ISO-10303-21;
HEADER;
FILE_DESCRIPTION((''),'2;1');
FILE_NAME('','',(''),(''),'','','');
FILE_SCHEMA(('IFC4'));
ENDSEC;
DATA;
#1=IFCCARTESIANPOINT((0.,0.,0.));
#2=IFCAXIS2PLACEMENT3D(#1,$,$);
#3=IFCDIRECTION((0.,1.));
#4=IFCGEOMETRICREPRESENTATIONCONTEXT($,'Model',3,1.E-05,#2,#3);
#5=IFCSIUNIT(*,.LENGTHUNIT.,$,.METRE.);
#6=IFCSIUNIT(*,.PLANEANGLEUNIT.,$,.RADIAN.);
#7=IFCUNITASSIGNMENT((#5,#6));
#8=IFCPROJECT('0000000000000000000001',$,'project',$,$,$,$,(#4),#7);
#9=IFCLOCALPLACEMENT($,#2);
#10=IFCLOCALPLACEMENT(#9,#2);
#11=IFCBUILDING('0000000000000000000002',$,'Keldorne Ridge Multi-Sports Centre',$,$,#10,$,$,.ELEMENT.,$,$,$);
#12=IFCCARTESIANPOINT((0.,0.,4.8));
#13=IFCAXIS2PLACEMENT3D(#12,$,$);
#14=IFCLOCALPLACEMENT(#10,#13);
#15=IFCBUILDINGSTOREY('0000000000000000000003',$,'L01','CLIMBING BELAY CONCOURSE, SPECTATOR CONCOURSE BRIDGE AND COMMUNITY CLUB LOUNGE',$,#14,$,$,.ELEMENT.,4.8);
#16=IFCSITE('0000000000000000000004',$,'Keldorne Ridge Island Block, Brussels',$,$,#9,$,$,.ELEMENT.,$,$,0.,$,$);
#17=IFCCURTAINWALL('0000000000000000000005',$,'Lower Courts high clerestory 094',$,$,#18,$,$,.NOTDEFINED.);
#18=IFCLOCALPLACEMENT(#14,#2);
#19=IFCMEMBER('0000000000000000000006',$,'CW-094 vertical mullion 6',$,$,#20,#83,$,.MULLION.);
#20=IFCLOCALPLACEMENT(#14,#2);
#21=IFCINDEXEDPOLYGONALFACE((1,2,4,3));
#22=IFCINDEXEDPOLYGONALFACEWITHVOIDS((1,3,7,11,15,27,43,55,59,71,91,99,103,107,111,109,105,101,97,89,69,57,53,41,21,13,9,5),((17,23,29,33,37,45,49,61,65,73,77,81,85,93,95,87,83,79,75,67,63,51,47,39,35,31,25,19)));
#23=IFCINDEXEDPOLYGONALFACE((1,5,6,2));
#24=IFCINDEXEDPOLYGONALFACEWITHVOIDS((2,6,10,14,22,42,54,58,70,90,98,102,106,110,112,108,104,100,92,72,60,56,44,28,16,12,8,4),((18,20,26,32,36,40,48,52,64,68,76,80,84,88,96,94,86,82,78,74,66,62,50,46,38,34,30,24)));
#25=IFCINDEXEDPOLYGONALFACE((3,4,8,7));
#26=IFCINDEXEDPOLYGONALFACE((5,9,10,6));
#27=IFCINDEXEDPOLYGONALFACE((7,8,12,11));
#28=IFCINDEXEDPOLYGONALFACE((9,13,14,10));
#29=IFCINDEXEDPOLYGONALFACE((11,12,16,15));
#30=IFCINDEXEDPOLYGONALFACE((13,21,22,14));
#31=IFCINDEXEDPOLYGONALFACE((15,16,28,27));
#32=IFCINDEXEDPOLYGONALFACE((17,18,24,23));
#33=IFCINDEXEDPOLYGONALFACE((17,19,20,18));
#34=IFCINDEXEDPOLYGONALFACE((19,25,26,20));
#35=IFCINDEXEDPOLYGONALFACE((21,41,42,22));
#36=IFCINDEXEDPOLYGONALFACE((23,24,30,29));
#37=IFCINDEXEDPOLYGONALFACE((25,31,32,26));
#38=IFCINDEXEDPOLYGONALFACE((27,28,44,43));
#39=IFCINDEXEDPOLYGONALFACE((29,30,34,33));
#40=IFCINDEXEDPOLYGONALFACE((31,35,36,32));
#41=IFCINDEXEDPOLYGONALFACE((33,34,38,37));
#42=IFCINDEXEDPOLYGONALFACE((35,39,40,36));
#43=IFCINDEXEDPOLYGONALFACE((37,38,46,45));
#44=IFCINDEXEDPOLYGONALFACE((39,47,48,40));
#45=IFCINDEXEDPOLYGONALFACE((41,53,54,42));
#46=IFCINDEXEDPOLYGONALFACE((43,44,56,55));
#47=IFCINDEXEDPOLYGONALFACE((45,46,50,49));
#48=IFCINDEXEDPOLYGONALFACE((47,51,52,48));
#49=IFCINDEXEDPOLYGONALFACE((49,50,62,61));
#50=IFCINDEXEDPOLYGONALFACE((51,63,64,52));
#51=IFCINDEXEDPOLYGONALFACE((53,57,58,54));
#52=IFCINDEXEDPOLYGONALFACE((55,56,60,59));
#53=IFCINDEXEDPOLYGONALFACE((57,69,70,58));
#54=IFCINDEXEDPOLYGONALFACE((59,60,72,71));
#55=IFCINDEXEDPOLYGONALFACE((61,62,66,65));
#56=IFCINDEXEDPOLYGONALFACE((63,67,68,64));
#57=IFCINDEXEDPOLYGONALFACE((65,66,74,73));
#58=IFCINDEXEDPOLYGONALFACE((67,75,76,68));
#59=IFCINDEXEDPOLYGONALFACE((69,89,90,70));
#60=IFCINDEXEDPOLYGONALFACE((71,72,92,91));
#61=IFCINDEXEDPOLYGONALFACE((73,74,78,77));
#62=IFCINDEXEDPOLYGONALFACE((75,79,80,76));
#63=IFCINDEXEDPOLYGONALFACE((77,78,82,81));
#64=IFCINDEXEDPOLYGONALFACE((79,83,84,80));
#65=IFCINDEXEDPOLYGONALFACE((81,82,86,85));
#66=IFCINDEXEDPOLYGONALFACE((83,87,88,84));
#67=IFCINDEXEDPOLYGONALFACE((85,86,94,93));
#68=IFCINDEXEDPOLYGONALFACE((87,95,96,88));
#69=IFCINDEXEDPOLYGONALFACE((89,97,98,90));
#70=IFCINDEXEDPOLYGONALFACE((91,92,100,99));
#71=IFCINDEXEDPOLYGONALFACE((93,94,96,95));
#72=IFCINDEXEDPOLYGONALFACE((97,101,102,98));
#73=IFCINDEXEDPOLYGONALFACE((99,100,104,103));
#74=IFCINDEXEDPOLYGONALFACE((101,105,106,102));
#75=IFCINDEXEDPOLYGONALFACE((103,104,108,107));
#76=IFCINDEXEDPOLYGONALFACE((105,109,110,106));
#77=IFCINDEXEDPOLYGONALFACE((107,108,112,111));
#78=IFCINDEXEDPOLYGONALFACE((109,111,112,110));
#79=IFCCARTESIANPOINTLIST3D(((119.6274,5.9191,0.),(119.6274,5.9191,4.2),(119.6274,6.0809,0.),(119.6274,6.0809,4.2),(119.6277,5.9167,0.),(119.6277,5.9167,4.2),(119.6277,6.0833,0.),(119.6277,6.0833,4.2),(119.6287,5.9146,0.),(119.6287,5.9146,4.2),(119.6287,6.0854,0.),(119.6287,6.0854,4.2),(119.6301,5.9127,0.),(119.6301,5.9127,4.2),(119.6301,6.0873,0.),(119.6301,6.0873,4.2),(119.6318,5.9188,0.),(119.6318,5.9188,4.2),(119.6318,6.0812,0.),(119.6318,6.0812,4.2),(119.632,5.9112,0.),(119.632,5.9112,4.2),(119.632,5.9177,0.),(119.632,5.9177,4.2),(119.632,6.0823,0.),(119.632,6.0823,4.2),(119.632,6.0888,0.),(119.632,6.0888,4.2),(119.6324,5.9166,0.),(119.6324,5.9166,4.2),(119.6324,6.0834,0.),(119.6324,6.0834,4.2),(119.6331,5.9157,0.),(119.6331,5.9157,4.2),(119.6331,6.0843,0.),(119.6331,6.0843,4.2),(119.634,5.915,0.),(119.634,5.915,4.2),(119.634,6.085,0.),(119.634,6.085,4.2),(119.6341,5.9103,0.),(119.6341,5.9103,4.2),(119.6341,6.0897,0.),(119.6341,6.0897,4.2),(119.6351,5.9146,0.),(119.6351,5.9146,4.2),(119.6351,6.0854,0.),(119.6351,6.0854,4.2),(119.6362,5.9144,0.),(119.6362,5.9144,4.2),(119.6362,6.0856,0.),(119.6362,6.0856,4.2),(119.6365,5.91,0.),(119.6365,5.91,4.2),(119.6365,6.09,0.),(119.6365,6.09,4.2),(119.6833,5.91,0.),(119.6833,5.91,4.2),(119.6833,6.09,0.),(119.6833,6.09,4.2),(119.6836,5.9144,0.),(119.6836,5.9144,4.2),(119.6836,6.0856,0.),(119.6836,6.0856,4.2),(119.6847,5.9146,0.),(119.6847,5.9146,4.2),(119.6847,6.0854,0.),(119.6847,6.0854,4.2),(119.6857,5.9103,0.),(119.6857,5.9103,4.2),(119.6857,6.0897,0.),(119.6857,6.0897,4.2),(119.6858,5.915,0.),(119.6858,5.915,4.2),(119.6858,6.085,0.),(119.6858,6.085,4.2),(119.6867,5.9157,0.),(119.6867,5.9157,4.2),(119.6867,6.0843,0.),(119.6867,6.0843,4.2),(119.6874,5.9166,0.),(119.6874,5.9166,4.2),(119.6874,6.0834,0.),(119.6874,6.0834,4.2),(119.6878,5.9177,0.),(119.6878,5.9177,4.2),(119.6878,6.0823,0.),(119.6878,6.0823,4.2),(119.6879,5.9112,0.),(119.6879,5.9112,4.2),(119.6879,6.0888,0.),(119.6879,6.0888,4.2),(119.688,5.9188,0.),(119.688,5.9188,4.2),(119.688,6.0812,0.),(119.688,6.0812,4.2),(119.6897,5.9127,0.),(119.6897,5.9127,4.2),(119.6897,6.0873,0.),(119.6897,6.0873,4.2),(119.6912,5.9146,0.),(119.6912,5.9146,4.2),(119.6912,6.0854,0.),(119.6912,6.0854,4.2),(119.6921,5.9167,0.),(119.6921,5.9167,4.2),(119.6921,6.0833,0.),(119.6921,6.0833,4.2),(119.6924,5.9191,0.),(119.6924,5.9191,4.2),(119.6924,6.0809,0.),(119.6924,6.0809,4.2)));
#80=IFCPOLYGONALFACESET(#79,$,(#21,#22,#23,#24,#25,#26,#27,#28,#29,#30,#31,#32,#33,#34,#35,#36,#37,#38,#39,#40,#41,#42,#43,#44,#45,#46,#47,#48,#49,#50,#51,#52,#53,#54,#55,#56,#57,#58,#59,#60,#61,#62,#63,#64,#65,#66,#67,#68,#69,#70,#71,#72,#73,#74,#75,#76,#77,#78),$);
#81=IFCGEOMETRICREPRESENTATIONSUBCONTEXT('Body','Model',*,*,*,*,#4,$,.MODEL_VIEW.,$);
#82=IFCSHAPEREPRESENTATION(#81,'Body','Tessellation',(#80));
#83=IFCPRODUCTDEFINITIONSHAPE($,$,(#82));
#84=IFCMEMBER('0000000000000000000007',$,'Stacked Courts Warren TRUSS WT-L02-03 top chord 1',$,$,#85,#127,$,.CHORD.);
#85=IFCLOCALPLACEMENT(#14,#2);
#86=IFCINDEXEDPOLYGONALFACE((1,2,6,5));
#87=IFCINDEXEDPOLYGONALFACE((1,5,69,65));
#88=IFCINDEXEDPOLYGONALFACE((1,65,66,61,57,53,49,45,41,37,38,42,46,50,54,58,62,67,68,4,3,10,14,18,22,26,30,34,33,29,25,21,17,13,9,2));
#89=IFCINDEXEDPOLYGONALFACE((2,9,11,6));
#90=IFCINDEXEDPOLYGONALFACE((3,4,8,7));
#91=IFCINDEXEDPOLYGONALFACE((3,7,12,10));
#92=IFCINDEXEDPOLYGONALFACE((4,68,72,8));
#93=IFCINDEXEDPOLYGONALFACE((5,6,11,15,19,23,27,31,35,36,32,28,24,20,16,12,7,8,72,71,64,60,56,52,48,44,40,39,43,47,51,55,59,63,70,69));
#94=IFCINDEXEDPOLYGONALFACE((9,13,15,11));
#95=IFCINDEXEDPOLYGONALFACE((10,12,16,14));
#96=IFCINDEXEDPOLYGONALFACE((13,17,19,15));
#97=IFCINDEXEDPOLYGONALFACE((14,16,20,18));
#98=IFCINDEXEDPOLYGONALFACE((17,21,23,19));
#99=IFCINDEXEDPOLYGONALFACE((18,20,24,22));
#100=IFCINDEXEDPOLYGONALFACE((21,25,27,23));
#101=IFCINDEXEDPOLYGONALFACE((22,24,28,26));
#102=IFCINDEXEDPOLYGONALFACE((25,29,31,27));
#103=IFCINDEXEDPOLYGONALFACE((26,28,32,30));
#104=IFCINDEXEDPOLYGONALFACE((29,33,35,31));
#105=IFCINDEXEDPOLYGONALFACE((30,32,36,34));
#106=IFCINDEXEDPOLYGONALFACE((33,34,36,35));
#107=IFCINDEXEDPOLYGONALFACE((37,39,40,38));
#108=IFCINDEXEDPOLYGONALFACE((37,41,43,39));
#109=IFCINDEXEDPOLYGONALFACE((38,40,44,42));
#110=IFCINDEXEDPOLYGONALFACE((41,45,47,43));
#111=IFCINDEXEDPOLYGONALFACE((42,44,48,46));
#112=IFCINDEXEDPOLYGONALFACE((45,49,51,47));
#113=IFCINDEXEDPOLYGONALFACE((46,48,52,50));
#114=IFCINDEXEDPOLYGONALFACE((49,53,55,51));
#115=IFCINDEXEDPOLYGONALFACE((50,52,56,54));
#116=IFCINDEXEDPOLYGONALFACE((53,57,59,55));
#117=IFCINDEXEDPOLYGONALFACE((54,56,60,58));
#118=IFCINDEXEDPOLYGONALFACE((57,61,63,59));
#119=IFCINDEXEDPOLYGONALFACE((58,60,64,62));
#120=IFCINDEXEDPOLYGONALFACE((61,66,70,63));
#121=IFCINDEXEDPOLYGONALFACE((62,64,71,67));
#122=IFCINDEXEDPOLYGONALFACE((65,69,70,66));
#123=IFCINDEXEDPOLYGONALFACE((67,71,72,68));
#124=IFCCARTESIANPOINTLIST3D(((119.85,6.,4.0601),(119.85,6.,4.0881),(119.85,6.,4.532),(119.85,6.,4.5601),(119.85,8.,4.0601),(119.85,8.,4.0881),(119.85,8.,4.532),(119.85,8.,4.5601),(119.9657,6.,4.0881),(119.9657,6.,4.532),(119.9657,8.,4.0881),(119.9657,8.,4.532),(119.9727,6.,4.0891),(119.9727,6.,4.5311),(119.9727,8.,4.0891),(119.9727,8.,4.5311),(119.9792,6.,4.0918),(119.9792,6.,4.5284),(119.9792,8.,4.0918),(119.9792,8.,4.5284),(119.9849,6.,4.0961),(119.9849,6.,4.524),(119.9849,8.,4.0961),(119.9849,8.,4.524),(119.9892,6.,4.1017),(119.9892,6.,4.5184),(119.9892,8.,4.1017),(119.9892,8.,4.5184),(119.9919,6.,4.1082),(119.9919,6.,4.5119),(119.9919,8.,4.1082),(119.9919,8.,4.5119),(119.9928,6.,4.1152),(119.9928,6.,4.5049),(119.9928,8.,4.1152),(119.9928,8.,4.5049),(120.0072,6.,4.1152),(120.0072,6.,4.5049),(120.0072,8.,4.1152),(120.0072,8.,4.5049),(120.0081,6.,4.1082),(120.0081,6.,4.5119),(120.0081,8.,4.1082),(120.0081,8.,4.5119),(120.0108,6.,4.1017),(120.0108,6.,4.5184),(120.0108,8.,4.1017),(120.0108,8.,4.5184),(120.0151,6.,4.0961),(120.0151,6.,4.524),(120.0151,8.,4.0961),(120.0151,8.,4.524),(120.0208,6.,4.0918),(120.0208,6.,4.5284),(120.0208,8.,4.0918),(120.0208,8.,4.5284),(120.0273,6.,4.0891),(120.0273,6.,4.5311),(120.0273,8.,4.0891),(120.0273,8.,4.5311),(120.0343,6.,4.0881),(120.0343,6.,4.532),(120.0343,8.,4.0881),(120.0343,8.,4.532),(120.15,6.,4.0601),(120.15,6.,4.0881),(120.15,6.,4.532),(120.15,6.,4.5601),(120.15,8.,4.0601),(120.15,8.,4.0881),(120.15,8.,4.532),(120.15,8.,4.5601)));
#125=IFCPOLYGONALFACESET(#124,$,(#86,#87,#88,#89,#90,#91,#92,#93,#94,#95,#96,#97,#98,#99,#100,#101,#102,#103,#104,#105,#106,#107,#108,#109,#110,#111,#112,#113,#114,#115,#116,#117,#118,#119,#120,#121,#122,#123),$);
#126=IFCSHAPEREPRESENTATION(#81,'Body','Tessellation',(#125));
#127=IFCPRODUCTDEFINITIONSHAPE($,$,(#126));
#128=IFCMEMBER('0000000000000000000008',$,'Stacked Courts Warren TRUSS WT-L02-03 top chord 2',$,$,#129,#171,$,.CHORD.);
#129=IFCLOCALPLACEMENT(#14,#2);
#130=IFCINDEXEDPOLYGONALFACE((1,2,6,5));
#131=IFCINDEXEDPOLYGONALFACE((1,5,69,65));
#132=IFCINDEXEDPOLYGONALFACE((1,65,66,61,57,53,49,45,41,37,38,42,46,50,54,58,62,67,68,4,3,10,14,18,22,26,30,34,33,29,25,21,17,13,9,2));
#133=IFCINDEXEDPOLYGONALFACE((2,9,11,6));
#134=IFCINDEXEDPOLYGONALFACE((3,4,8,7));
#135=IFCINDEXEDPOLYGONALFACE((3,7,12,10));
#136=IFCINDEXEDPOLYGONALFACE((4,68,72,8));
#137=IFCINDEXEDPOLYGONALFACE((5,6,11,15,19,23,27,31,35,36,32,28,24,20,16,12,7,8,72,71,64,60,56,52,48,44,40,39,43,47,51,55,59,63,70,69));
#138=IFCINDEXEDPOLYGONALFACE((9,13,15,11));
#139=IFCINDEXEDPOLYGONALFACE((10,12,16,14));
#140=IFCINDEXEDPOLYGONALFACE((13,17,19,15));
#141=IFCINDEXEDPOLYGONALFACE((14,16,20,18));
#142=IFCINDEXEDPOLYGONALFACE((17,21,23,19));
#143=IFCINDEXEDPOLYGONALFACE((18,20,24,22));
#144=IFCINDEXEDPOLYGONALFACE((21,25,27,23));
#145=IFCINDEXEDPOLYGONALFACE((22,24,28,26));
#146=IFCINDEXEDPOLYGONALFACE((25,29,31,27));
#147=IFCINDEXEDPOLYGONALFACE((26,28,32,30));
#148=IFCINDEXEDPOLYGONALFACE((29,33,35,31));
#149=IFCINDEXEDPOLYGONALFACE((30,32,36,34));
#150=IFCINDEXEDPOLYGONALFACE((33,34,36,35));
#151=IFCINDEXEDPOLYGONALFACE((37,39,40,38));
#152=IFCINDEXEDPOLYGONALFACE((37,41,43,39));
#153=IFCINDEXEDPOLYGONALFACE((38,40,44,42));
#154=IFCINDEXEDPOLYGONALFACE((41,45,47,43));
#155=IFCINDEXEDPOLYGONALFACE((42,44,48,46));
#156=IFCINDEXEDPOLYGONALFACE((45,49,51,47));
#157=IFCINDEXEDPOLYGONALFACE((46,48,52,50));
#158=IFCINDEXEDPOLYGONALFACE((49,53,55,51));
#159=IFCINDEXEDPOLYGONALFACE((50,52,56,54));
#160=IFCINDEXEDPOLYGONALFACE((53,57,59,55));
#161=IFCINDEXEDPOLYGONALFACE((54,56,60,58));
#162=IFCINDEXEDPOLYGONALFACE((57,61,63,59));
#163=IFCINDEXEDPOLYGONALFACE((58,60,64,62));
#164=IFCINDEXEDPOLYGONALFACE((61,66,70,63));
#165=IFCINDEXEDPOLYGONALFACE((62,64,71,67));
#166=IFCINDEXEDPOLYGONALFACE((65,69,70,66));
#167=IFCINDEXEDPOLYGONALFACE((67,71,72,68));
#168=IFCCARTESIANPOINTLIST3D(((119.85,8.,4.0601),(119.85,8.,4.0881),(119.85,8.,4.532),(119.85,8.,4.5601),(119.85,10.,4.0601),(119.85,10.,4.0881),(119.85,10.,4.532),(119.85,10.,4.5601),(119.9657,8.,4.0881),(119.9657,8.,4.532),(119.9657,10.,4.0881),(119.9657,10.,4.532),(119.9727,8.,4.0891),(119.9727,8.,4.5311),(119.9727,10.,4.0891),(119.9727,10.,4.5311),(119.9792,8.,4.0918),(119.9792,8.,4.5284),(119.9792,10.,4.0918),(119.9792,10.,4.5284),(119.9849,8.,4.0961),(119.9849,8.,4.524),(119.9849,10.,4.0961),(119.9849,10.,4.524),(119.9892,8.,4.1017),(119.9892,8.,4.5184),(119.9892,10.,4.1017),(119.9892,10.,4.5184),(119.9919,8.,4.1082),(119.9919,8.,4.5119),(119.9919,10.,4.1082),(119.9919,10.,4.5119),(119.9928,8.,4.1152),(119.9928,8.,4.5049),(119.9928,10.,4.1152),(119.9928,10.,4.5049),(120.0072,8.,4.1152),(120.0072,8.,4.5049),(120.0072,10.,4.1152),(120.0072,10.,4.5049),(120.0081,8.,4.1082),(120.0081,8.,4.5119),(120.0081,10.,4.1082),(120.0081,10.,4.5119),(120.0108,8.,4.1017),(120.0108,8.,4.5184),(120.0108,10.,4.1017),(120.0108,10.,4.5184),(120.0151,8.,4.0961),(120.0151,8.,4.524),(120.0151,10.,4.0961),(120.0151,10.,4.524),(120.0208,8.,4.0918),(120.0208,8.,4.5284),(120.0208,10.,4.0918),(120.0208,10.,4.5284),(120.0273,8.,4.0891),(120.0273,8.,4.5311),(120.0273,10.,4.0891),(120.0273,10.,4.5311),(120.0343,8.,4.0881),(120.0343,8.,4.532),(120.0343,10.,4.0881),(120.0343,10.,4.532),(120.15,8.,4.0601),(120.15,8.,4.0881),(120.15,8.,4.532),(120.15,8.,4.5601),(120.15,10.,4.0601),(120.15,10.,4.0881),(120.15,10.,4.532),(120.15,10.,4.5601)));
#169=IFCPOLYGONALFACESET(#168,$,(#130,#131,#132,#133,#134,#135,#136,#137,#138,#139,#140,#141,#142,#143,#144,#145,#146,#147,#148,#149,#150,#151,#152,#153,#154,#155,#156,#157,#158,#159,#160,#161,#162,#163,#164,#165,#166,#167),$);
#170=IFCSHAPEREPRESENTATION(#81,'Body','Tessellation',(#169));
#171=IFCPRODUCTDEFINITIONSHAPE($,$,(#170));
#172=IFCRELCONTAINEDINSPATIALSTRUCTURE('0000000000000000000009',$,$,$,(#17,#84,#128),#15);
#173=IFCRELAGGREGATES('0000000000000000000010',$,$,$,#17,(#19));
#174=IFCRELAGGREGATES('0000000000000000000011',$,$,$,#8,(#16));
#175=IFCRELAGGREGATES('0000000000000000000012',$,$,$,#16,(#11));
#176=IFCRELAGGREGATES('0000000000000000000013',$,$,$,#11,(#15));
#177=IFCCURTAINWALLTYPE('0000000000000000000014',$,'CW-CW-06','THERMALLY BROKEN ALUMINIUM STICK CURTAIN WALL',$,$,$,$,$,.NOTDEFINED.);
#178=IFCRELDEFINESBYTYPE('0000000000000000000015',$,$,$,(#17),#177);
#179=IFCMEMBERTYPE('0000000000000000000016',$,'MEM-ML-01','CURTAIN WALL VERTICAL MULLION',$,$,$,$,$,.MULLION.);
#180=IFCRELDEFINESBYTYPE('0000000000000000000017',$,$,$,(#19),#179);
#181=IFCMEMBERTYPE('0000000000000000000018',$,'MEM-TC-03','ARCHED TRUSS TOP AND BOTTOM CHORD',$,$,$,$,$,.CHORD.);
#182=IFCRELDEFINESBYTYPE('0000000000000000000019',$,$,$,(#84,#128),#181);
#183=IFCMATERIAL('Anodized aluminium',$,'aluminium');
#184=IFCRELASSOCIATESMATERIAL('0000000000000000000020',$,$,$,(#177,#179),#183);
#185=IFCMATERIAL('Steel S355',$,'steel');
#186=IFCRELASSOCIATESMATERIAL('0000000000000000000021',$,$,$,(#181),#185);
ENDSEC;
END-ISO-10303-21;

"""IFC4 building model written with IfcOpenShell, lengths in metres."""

from ifc_helpers import new_model, si_unit, direction, frame, origin, origin_2d, place, context, subcontext, project, spatial, hollow_rectangle, i_section, extrude, material, material_profile, profile_set, type_object, element, aggregate, save


model = new_model("IFC4")

# Units and contexts
model_context = context("Model", 3, precision=1e-05, world=origin(), true_north=direction((0.0, 1.0)))
body_context = subcontext(model_context, "Body", "Model", "MODEL_VIEW")
ifc_project = project(units=[si_unit("LENGTHUNIT", "METRE"), si_unit("PLANEANGLEUNIT", "RADIAN")], contexts=[model_context])

# Site, building, storey
site_placement = place(None, origin())
site = spatial("IfcSite", under=ifc_project, at=site_placement, Name="Keldorne Ridge Island Block, Brussels", CompositionType="ELEMENT", RefElevation=0.0)
building_placement = place(site_placement, origin())
building = spatial("IfcBuilding", under=site, at=building_placement, Name="Keldorne Ridge Multi-Sports Centre", CompositionType="ELEMENT")
storey_placement = place(building_placement, frame((0.0, 0.0, 4.8)))
storey = spatial("IfcBuildingStorey", under=building, at=storey_placement, Name="L01", Description="CLIMBING BELAY CONCOURSE, SPECTATOR CONCOURSE BRIDGE AND COMMUNITY CLUB LOUNGE", CompositionType="ELEMENT", Elevation=4.8)

# Shared definitions
ifc_material_1 = material(Name="Steel S355", Category="steel")

# Curtain wall, member
ifc_material_2 = material(Name="Anodized aluminium", Category="aluminium")
curtain_wall_type = type_object("IfcCurtainWallType", Name="CW-CW-06", Description="THERMALLY BROKEN ALUMINIUM STICK CURTAIN WALL", PredefinedType="NOTDEFINED", material=ifc_material_2)
curtain_wall_placement = place(storey_placement, origin())
curtain_wall = element("IfcCurtainWall", 1, at=curtain_wall_placement, inside=storey, type_object=curtain_wall_type, Name="Lower Courts high clerestory 094", PredefinedType="NOTDEFINED")
ifc_material_profile_1 = material_profile(ifc_material_2, hollow_rectangle(XDim=0.0649, YDim=0.1799, WallThickness=0.0044, InnerFilletRadius=0.0044, OuterFilletRadius=0.009, at=origin_2d()), Name="ALU MULLION 180x65x4.5")
ifc_profile_set_1 = profile_set([ifc_material_profile_1], Name="Anodized aluminium")
member_type_1 = type_object("IfcMemberType", Name="MEM-ML-01", Description="CURTAIN WALL VERTICAL MULLION", PredefinedType="MULLION", material=ifc_profile_set_1)
member_1_placement = place(storey_placement, frame((119.6599, 6.0, 0.0), z_axis=(0.0, 0.0, 1.0), x_axis=(1.0, 0.0, 0.0)))
member_1 = element("IfcMember", 2, at=member_1_placement, type_object=member_type_1, Name="CW-094 vertical mullion 6", PredefinedType="MULLION", context=body_context, shape_type="SweptSolid", body=[
    extrude(hollow_rectangle(XDim=0.0649, YDim=0.1799, WallThickness=0.0044, InnerFilletRadius=0.0044, OuterFilletRadius=0.009, at=origin_2d()), origin(), (0.0, 0.0, 1.0), 4.2),
])

# Members
ifc_material_profile_2 = material_profile(ifc_material_1, i_section(OverallWidth=0.3, OverallDepth=0.5, WebThickness=0.0144, FlangeThickness=0.0281, FilletRadius=0.0271, at=origin_2d()), Name="HEB 500")
ifc_profile_set_2 = profile_set([ifc_material_profile_2], Name="Steel S355")
member_type_2 = type_object("IfcMemberType", Name="MEM-TC-03", Description="ARCHED TRUSS TOP AND BOTTOM CHORD", PredefinedType="CHORD", material=ifc_profile_set_2)
for number, where, z_axis, x_axis, name in (
    (3, (120.0, 6.0, 4.3101), (0.0, 1.0, 0.0), (-1.0, 0.0, 0.0), "Stacked Courts Warren TRUSS WT-L02-03 top chord 1"),
    (4, (120.0, 8.0, 4.3101), (0.0, 1.0, 0.0), (-1.0, 0.0, 0.0), "Stacked Courts Warren TRUSS WT-L02-03 top chord 2"),
):
    element("IfcMember", number, at=place(storey_placement, frame(where, z_axis=z_axis, x_axis=x_axis)), inside=storey, type_object=member_type_2, Name=name, PredefinedType="CHORD", context=body_context, shape_type="SweptSolid", body=[
        extrude(i_section(OverallWidth=0.3, OverallDepth=0.5, WebThickness=0.0144, FlangeThickness=0.0281, FilletRadius=0.0271, at=origin_2d()), origin(), (0.0, 0.0, 1.0), 2.0),
    ])

aggregate(curtain_wall, [member_1])

save(model, "model.ifc")
